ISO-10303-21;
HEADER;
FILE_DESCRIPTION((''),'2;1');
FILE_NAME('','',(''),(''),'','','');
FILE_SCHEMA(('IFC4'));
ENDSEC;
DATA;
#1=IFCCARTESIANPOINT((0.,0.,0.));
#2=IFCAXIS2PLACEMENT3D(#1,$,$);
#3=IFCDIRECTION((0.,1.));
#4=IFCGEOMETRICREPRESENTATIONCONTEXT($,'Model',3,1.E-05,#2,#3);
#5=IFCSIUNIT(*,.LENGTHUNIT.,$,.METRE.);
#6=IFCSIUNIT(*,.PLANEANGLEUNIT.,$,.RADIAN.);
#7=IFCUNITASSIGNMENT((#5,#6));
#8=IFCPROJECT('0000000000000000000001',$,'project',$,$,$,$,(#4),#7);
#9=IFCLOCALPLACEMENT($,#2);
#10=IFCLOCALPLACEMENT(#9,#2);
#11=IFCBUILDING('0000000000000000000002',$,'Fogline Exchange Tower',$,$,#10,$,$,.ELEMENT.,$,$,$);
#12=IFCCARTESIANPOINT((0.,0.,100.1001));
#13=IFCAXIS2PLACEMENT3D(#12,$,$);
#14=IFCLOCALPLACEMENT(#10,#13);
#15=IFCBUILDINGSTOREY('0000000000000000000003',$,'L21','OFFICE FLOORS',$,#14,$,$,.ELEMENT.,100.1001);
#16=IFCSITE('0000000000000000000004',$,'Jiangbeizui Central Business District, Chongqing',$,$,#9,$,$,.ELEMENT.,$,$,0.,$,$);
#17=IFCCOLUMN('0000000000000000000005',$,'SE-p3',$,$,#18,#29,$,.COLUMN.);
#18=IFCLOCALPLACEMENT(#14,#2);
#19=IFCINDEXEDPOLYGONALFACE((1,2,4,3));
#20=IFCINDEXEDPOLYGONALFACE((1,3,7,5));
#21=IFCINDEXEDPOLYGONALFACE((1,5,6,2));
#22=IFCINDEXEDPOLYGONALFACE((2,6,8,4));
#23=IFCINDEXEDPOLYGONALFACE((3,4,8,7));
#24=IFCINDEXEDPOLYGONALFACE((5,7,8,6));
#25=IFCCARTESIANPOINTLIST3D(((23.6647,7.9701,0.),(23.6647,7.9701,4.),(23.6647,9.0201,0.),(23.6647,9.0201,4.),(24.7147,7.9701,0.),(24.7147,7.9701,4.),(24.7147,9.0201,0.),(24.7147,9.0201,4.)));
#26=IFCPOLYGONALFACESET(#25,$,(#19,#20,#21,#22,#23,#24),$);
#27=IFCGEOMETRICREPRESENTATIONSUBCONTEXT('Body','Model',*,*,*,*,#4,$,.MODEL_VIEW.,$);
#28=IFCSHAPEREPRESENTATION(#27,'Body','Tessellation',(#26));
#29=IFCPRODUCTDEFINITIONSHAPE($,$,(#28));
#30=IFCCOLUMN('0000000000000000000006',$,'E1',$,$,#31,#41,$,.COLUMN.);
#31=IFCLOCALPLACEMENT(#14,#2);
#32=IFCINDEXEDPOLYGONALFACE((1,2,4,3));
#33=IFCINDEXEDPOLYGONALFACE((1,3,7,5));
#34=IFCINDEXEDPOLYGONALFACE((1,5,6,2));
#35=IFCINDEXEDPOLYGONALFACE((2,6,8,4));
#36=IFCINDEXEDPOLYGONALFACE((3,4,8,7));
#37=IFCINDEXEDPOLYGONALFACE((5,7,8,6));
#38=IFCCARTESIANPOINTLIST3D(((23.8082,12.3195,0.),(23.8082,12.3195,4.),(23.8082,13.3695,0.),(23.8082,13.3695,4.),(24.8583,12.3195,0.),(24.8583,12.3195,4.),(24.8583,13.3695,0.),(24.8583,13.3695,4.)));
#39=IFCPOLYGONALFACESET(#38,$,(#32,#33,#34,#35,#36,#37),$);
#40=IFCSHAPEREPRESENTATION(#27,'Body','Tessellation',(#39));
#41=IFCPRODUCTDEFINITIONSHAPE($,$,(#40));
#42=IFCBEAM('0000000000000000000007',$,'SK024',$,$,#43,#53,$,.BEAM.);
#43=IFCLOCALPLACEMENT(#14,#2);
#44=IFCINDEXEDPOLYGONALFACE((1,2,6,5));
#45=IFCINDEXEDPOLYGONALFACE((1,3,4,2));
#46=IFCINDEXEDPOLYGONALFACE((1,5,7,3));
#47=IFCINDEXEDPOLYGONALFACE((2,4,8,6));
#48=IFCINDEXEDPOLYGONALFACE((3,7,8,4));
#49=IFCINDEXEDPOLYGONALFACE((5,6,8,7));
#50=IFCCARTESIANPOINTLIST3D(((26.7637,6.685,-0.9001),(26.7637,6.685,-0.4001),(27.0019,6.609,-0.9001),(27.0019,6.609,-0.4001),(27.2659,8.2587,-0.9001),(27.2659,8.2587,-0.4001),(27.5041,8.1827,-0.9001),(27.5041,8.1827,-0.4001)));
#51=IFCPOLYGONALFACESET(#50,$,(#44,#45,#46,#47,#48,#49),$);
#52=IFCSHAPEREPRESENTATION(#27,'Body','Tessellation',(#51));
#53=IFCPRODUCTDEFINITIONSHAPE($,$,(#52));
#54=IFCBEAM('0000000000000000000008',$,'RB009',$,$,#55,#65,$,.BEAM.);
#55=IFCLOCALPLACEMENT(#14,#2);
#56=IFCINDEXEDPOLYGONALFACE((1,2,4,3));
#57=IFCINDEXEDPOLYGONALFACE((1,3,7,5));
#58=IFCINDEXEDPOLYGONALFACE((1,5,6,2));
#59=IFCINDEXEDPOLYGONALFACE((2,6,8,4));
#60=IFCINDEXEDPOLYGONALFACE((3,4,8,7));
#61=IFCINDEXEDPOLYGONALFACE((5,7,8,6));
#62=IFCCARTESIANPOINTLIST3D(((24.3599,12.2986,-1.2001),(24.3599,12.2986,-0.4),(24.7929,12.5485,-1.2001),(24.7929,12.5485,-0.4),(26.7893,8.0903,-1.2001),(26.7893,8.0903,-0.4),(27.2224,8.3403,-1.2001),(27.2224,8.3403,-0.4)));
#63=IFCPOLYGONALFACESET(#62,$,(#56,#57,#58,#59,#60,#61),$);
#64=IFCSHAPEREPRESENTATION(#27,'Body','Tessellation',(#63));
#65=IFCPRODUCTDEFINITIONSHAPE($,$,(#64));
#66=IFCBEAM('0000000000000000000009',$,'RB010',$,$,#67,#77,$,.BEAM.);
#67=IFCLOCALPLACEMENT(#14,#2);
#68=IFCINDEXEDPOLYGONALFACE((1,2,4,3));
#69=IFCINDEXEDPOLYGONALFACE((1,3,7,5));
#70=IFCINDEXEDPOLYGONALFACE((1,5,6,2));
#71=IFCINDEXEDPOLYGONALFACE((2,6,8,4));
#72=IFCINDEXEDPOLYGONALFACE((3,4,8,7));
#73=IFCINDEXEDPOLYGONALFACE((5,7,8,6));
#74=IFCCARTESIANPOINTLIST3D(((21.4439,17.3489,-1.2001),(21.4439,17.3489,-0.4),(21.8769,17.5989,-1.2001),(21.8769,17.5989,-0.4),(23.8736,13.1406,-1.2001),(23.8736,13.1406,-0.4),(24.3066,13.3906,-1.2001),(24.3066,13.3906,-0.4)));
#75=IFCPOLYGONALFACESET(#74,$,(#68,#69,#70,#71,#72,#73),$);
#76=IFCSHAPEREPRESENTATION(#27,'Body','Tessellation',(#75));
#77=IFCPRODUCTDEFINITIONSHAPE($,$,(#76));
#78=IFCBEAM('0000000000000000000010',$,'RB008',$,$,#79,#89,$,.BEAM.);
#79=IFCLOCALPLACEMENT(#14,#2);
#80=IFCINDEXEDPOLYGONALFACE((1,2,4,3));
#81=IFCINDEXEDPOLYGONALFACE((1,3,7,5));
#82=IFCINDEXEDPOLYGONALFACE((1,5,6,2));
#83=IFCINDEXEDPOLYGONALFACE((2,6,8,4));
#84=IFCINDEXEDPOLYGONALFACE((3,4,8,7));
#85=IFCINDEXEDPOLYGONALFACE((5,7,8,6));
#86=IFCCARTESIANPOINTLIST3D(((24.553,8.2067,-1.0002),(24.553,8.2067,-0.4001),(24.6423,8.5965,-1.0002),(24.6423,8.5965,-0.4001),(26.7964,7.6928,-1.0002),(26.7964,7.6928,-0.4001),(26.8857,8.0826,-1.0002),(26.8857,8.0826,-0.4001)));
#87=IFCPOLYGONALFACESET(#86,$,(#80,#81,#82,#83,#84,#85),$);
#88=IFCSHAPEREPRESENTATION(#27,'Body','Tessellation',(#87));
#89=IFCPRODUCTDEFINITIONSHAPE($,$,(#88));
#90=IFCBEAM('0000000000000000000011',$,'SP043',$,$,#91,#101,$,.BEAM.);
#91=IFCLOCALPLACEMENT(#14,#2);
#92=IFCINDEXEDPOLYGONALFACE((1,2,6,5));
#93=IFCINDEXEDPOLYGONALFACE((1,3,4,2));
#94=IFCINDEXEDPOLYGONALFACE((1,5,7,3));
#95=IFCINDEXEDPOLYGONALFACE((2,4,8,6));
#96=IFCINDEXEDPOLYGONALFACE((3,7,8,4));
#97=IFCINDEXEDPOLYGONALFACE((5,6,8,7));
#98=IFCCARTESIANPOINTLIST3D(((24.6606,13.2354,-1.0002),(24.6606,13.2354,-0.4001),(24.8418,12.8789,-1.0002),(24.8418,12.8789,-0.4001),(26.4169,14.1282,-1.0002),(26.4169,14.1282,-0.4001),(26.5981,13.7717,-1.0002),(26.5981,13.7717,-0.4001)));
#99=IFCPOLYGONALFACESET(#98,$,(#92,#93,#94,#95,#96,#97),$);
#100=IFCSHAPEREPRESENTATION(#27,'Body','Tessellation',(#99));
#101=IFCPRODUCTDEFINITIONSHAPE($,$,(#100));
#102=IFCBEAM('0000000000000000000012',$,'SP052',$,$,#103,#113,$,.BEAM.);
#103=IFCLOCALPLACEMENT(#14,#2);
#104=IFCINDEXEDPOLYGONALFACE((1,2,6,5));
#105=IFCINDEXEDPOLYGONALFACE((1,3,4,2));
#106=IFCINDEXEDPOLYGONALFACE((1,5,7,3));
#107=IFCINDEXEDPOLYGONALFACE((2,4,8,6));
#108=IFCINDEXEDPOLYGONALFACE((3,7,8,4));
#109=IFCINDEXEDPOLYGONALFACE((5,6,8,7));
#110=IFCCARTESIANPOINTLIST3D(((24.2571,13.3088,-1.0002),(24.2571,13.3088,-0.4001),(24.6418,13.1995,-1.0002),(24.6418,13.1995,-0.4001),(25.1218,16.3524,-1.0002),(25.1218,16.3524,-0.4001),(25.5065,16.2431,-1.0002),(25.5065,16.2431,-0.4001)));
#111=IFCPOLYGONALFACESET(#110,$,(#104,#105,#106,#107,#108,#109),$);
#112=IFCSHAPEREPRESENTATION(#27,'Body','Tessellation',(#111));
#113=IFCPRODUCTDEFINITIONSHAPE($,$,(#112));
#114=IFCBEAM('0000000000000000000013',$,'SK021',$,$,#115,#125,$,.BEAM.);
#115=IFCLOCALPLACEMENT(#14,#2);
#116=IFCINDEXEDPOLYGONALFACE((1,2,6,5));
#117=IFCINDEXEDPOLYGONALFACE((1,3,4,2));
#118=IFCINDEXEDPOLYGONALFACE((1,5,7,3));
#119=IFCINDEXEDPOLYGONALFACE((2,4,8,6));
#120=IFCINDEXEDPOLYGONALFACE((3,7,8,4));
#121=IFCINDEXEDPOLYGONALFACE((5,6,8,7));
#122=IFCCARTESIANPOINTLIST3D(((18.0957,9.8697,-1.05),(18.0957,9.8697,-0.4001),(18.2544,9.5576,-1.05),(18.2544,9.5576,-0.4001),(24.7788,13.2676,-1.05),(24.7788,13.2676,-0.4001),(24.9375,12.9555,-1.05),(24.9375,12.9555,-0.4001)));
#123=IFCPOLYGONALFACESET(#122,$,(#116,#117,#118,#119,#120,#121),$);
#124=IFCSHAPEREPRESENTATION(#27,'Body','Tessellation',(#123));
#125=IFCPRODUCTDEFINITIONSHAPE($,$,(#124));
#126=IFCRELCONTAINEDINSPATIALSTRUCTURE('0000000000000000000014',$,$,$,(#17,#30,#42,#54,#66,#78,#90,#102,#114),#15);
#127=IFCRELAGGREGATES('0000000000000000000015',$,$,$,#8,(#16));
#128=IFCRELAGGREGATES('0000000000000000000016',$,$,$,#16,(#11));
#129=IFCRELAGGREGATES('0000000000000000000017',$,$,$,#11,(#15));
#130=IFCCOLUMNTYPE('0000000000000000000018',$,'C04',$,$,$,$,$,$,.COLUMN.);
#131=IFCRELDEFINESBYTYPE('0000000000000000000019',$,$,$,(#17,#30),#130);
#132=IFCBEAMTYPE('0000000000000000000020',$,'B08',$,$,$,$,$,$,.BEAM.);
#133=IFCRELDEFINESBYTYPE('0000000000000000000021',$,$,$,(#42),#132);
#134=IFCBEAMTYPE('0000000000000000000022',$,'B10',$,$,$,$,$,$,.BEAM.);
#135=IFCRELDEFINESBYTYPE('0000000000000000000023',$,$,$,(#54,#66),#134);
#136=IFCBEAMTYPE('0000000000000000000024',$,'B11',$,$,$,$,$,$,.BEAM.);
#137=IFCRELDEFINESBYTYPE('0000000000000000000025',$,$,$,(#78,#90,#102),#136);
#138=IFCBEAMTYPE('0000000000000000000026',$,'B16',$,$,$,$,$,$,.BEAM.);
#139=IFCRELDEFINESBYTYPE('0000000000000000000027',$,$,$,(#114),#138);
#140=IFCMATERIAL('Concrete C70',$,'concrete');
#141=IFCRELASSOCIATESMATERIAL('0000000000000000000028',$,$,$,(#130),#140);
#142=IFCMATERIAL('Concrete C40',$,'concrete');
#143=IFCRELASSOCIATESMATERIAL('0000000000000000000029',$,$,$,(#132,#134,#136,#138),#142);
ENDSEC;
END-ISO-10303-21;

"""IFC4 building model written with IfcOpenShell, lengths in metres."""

from ifc_helpers import new_model, si_unit, direction, frame, origin, origin_2d, place, context, subcontext, project, spatial, rectangle, extrude, material, material_profile, profile_set, type_object, element, save


model = new_model("IFC4")

# Units and contexts
model_context = context("Model", 3, precision=1e-05, world=origin(), true_north=direction((0.0, 1.0)))
body_context = subcontext(model_context, "Body", "Model", "MODEL_VIEW")
ifc_project = project(units=[si_unit("LENGTHUNIT", "METRE"), si_unit("PLANEANGLEUNIT", "RADIAN")], contexts=[model_context])

# Site, building, storey
site_placement = place(None, origin())
site = spatial("IfcSite", under=ifc_project, at=site_placement, Name="Jiangbeizui Central Business District, Chongqing", CompositionType="ELEMENT", RefElevation=0.0)
building_placement = place(site_placement, origin())
building = spatial("IfcBuilding", under=site, at=building_placement, Name="Fogline Exchange Tower", CompositionType="ELEMENT")
storey_placement = place(building_placement, frame((0.0, 0.0, 100.1001)))
storey = spatial("IfcBuildingStorey", under=building, at=storey_placement, Name="L21", Description="OFFICE FLOORS", CompositionType="ELEMENT", Elevation=100.1001)

# Columns
ifc_material_1 = material(Name="Concrete C70", Category="concrete")
ifc_material_profile_1 = material_profile(ifc_material_1, rectangle(XDim=1.05, YDim=1.05, at=origin_2d()), Name="RC 1050x1050")
ifc_profile_set_1 = profile_set([ifc_material_profile_1], Name="Concrete C70")
column_type = type_object("IfcColumnType", Name="C04", PredefinedType="COLUMN", material=ifc_profile_set_1)
for number, where, z_axis, x_axis, name in (
    (1, (24.1897, 8.4951, 0.0), (0.0, 0.0, 1.0), (1.0, 0.0, 0.0), "SE-p3"),
    (2, (24.3333, 12.8445, 0.0), (0.0, 0.0, 1.0), (1.0, 0.0, 0.0), "E1"),
):
    element("IfcColumn", number, at=place(storey_placement, frame(where, z_axis=z_axis, x_axis=x_axis)), inside=storey, type_object=column_type, Name=name, PredefinedType="COLUMN", context=body_context, shape_type="SweptSolid", body=[
        extrude(rectangle(XDim=1.05, YDim=1.05, at=origin_2d()), origin(), (0.0, 0.0, 1.0), 4.0),
    ])

# Beams
ifc_material_2 = material(Name="Concrete C40", Category="concrete")
ifc_material_profile_2 = material_profile(ifc_material_2, rectangle(XDim=0.25, YDim=0.5, at=origin_2d()), Name="RC 250x500")
ifc_profile_set_2 = profile_set([ifc_material_profile_2], Name="Concrete C40")
beam_type_1 = type_object("IfcBeamType", Name="B08", PredefinedType="BEAM", material=ifc_profile_set_2)
beam_1_placement = place(storey_placement, frame((27.385, 8.2207, -0.6501), z_axis=(-0.304009, -0.952669, 0.0), x_axis=(0.952669, -0.304009, 0.0)))
element("IfcBeam", 3, at=beam_1_placement, inside=storey, type_object=beam_type_1, Name="SK024", PredefinedType="BEAM", context=body_context, shape_type="SweptSolid", body=[
    extrude(rectangle(XDim=0.25, YDim=0.5, at=origin_2d()), origin(), (0.0, 0.0, 1.0), 1.6519),
])
ifc_material_profile_3 = material_profile(ifc_material_2, rectangle(XDim=0.5, YDim=0.8, at=origin_2d()), Name="RC 500x800")
ifc_profile_set_3 = profile_set([ifc_material_profile_3], Name="Concrete C40")
beam_type_2 = type_object("IfcBeamType", Name="B10", PredefinedType="BEAM", material=ifc_profile_set_3)
beam_2_placement = place(storey_placement, frame((27.0059, 8.2153, -0.8), z_axis=(-0.49997, 0.866043, 0.0), x_axis=(-0.866043, -0.49997, 0.0)))
element("IfcBeam", 4, at=beam_2_placement, inside=storey, type_object=beam_type_2, Name="RB009", PredefinedType="BEAM", context=body_context, shape_type="SweptSolid", body=[
    extrude(rectangle(XDim=0.5, YDim=0.8, at=origin_2d()), origin(), (0.0, 0.0, 1.0), 4.8591),
])
beam_3_placement = place(storey_placement, frame((24.0901, 13.2656, -0.8), z_axis=(-0.500008, 0.866021, 0.0), x_axis=(-0.866021, -0.500008, 0.0)))
element("IfcBeam", 5, at=beam_3_placement, inside=storey, type_object=beam_type_2, Name="RB010", PredefinedType="BEAM", context=body_context, shape_type="SweptSolid", body=[
    extrude(rectangle(XDim=0.5, YDim=0.8, at=origin_2d()), origin(), (0.0, 0.0, 1.0), 4.8594),
])
ifc_material_profile_4 = material_profile(ifc_material_2, rectangle(XDim=0.3999, YDim=0.6001, at=origin_2d()), Name="RC 400x600")
ifc_profile_set_4 = profile_set([ifc_material_profile_4], Name="Concrete C40")
beam_type_3 = type_object("IfcBeamType", Name="B11", PredefinedType="BEAM", material=ifc_profile_set_4)
beam_4_placement = place(storey_placement, frame((24.5977, 8.4016, -0.7002), z_axis=(0.974751, -0.223294, 0.0), x_axis=(0.223294, 0.974751, 0.0)))
element("IfcBeam", 6, at=beam_4_placement, inside=storey, type_object=beam_type_3, Name="RB008", PredefinedType="BEAM", context=body_context, shape_type="SweptSolid", body=[
    extrude(rectangle(XDim=0.3999, YDim=0.6001, at=origin_2d()), origin(), (0.0, 0.0, 1.0), 2.3015),
])
beam_5_placement = place(storey_placement, frame((24.7512, 13.0571, -0.7002), z_axis=(0.891433, 0.453152, 0.0), x_axis=(-0.453152, 0.891433, 0.0)))
element("IfcBeam", 7, at=beam_5_placement, inside=storey, type_object=beam_type_3, Name="SP043", PredefinedType="BEAM", context=body_context, shape_type="SweptSolid", body=[
    extrude(rectangle(XDim=0.3999, YDim=0.6001, at=origin_2d()), origin(), (0.0, 0.0, 1.0), 1.9702),
])
beam_6_placement = place(storey_placement, frame((24.4495, 13.2542, -0.7002), z_axis=(0.273294, 0.961931, 0.0), x_axis=(-0.961931, 0.273294, 0.0)))
element("IfcBeam", 8, at=beam_6_placement, inside=storey, type_object=beam_type_3, Name="SP052", PredefinedType="BEAM", context=body_context, shape_type="SweptSolid", body=[
    extrude(rectangle(XDim=0.3999, YDim=0.6001, at=origin_2d()), origin(), (0.0, 0.0, 1.0), 3.1641),
])
ifc_material_profile_5 = material_profile(ifc_material_2, rectangle(XDim=0.3501, YDim=0.6499, at=origin_2d()), Name="RC 350x650")
ifc_profile_set_5 = profile_set([ifc_material_profile_5], Name="Concrete C40")
beam_type_4 = type_object("IfcBeamType", Name="B16", PredefinedType="BEAM", material=ifc_profile_set_5)
beam_7_placement = place(storey_placement, frame((24.8582, 13.1116, -0.7251), z_axis=(-0.891398, -0.453221, 0.0), x_axis=(0.453221, -0.891398, 0.0)))
element("IfcBeam", 9, at=beam_7_placement, inside=storey, type_object=beam_type_4, Name="SK021", PredefinedType="BEAM", context=body_context, shape_type="SweptSolid", body=[
    extrude(rectangle(XDim=0.3501, YDim=0.6499, at=origin_2d()), origin(), (0.0, 0.0, 1.0), 7.4973),
])

save(model, "model.ifc")
